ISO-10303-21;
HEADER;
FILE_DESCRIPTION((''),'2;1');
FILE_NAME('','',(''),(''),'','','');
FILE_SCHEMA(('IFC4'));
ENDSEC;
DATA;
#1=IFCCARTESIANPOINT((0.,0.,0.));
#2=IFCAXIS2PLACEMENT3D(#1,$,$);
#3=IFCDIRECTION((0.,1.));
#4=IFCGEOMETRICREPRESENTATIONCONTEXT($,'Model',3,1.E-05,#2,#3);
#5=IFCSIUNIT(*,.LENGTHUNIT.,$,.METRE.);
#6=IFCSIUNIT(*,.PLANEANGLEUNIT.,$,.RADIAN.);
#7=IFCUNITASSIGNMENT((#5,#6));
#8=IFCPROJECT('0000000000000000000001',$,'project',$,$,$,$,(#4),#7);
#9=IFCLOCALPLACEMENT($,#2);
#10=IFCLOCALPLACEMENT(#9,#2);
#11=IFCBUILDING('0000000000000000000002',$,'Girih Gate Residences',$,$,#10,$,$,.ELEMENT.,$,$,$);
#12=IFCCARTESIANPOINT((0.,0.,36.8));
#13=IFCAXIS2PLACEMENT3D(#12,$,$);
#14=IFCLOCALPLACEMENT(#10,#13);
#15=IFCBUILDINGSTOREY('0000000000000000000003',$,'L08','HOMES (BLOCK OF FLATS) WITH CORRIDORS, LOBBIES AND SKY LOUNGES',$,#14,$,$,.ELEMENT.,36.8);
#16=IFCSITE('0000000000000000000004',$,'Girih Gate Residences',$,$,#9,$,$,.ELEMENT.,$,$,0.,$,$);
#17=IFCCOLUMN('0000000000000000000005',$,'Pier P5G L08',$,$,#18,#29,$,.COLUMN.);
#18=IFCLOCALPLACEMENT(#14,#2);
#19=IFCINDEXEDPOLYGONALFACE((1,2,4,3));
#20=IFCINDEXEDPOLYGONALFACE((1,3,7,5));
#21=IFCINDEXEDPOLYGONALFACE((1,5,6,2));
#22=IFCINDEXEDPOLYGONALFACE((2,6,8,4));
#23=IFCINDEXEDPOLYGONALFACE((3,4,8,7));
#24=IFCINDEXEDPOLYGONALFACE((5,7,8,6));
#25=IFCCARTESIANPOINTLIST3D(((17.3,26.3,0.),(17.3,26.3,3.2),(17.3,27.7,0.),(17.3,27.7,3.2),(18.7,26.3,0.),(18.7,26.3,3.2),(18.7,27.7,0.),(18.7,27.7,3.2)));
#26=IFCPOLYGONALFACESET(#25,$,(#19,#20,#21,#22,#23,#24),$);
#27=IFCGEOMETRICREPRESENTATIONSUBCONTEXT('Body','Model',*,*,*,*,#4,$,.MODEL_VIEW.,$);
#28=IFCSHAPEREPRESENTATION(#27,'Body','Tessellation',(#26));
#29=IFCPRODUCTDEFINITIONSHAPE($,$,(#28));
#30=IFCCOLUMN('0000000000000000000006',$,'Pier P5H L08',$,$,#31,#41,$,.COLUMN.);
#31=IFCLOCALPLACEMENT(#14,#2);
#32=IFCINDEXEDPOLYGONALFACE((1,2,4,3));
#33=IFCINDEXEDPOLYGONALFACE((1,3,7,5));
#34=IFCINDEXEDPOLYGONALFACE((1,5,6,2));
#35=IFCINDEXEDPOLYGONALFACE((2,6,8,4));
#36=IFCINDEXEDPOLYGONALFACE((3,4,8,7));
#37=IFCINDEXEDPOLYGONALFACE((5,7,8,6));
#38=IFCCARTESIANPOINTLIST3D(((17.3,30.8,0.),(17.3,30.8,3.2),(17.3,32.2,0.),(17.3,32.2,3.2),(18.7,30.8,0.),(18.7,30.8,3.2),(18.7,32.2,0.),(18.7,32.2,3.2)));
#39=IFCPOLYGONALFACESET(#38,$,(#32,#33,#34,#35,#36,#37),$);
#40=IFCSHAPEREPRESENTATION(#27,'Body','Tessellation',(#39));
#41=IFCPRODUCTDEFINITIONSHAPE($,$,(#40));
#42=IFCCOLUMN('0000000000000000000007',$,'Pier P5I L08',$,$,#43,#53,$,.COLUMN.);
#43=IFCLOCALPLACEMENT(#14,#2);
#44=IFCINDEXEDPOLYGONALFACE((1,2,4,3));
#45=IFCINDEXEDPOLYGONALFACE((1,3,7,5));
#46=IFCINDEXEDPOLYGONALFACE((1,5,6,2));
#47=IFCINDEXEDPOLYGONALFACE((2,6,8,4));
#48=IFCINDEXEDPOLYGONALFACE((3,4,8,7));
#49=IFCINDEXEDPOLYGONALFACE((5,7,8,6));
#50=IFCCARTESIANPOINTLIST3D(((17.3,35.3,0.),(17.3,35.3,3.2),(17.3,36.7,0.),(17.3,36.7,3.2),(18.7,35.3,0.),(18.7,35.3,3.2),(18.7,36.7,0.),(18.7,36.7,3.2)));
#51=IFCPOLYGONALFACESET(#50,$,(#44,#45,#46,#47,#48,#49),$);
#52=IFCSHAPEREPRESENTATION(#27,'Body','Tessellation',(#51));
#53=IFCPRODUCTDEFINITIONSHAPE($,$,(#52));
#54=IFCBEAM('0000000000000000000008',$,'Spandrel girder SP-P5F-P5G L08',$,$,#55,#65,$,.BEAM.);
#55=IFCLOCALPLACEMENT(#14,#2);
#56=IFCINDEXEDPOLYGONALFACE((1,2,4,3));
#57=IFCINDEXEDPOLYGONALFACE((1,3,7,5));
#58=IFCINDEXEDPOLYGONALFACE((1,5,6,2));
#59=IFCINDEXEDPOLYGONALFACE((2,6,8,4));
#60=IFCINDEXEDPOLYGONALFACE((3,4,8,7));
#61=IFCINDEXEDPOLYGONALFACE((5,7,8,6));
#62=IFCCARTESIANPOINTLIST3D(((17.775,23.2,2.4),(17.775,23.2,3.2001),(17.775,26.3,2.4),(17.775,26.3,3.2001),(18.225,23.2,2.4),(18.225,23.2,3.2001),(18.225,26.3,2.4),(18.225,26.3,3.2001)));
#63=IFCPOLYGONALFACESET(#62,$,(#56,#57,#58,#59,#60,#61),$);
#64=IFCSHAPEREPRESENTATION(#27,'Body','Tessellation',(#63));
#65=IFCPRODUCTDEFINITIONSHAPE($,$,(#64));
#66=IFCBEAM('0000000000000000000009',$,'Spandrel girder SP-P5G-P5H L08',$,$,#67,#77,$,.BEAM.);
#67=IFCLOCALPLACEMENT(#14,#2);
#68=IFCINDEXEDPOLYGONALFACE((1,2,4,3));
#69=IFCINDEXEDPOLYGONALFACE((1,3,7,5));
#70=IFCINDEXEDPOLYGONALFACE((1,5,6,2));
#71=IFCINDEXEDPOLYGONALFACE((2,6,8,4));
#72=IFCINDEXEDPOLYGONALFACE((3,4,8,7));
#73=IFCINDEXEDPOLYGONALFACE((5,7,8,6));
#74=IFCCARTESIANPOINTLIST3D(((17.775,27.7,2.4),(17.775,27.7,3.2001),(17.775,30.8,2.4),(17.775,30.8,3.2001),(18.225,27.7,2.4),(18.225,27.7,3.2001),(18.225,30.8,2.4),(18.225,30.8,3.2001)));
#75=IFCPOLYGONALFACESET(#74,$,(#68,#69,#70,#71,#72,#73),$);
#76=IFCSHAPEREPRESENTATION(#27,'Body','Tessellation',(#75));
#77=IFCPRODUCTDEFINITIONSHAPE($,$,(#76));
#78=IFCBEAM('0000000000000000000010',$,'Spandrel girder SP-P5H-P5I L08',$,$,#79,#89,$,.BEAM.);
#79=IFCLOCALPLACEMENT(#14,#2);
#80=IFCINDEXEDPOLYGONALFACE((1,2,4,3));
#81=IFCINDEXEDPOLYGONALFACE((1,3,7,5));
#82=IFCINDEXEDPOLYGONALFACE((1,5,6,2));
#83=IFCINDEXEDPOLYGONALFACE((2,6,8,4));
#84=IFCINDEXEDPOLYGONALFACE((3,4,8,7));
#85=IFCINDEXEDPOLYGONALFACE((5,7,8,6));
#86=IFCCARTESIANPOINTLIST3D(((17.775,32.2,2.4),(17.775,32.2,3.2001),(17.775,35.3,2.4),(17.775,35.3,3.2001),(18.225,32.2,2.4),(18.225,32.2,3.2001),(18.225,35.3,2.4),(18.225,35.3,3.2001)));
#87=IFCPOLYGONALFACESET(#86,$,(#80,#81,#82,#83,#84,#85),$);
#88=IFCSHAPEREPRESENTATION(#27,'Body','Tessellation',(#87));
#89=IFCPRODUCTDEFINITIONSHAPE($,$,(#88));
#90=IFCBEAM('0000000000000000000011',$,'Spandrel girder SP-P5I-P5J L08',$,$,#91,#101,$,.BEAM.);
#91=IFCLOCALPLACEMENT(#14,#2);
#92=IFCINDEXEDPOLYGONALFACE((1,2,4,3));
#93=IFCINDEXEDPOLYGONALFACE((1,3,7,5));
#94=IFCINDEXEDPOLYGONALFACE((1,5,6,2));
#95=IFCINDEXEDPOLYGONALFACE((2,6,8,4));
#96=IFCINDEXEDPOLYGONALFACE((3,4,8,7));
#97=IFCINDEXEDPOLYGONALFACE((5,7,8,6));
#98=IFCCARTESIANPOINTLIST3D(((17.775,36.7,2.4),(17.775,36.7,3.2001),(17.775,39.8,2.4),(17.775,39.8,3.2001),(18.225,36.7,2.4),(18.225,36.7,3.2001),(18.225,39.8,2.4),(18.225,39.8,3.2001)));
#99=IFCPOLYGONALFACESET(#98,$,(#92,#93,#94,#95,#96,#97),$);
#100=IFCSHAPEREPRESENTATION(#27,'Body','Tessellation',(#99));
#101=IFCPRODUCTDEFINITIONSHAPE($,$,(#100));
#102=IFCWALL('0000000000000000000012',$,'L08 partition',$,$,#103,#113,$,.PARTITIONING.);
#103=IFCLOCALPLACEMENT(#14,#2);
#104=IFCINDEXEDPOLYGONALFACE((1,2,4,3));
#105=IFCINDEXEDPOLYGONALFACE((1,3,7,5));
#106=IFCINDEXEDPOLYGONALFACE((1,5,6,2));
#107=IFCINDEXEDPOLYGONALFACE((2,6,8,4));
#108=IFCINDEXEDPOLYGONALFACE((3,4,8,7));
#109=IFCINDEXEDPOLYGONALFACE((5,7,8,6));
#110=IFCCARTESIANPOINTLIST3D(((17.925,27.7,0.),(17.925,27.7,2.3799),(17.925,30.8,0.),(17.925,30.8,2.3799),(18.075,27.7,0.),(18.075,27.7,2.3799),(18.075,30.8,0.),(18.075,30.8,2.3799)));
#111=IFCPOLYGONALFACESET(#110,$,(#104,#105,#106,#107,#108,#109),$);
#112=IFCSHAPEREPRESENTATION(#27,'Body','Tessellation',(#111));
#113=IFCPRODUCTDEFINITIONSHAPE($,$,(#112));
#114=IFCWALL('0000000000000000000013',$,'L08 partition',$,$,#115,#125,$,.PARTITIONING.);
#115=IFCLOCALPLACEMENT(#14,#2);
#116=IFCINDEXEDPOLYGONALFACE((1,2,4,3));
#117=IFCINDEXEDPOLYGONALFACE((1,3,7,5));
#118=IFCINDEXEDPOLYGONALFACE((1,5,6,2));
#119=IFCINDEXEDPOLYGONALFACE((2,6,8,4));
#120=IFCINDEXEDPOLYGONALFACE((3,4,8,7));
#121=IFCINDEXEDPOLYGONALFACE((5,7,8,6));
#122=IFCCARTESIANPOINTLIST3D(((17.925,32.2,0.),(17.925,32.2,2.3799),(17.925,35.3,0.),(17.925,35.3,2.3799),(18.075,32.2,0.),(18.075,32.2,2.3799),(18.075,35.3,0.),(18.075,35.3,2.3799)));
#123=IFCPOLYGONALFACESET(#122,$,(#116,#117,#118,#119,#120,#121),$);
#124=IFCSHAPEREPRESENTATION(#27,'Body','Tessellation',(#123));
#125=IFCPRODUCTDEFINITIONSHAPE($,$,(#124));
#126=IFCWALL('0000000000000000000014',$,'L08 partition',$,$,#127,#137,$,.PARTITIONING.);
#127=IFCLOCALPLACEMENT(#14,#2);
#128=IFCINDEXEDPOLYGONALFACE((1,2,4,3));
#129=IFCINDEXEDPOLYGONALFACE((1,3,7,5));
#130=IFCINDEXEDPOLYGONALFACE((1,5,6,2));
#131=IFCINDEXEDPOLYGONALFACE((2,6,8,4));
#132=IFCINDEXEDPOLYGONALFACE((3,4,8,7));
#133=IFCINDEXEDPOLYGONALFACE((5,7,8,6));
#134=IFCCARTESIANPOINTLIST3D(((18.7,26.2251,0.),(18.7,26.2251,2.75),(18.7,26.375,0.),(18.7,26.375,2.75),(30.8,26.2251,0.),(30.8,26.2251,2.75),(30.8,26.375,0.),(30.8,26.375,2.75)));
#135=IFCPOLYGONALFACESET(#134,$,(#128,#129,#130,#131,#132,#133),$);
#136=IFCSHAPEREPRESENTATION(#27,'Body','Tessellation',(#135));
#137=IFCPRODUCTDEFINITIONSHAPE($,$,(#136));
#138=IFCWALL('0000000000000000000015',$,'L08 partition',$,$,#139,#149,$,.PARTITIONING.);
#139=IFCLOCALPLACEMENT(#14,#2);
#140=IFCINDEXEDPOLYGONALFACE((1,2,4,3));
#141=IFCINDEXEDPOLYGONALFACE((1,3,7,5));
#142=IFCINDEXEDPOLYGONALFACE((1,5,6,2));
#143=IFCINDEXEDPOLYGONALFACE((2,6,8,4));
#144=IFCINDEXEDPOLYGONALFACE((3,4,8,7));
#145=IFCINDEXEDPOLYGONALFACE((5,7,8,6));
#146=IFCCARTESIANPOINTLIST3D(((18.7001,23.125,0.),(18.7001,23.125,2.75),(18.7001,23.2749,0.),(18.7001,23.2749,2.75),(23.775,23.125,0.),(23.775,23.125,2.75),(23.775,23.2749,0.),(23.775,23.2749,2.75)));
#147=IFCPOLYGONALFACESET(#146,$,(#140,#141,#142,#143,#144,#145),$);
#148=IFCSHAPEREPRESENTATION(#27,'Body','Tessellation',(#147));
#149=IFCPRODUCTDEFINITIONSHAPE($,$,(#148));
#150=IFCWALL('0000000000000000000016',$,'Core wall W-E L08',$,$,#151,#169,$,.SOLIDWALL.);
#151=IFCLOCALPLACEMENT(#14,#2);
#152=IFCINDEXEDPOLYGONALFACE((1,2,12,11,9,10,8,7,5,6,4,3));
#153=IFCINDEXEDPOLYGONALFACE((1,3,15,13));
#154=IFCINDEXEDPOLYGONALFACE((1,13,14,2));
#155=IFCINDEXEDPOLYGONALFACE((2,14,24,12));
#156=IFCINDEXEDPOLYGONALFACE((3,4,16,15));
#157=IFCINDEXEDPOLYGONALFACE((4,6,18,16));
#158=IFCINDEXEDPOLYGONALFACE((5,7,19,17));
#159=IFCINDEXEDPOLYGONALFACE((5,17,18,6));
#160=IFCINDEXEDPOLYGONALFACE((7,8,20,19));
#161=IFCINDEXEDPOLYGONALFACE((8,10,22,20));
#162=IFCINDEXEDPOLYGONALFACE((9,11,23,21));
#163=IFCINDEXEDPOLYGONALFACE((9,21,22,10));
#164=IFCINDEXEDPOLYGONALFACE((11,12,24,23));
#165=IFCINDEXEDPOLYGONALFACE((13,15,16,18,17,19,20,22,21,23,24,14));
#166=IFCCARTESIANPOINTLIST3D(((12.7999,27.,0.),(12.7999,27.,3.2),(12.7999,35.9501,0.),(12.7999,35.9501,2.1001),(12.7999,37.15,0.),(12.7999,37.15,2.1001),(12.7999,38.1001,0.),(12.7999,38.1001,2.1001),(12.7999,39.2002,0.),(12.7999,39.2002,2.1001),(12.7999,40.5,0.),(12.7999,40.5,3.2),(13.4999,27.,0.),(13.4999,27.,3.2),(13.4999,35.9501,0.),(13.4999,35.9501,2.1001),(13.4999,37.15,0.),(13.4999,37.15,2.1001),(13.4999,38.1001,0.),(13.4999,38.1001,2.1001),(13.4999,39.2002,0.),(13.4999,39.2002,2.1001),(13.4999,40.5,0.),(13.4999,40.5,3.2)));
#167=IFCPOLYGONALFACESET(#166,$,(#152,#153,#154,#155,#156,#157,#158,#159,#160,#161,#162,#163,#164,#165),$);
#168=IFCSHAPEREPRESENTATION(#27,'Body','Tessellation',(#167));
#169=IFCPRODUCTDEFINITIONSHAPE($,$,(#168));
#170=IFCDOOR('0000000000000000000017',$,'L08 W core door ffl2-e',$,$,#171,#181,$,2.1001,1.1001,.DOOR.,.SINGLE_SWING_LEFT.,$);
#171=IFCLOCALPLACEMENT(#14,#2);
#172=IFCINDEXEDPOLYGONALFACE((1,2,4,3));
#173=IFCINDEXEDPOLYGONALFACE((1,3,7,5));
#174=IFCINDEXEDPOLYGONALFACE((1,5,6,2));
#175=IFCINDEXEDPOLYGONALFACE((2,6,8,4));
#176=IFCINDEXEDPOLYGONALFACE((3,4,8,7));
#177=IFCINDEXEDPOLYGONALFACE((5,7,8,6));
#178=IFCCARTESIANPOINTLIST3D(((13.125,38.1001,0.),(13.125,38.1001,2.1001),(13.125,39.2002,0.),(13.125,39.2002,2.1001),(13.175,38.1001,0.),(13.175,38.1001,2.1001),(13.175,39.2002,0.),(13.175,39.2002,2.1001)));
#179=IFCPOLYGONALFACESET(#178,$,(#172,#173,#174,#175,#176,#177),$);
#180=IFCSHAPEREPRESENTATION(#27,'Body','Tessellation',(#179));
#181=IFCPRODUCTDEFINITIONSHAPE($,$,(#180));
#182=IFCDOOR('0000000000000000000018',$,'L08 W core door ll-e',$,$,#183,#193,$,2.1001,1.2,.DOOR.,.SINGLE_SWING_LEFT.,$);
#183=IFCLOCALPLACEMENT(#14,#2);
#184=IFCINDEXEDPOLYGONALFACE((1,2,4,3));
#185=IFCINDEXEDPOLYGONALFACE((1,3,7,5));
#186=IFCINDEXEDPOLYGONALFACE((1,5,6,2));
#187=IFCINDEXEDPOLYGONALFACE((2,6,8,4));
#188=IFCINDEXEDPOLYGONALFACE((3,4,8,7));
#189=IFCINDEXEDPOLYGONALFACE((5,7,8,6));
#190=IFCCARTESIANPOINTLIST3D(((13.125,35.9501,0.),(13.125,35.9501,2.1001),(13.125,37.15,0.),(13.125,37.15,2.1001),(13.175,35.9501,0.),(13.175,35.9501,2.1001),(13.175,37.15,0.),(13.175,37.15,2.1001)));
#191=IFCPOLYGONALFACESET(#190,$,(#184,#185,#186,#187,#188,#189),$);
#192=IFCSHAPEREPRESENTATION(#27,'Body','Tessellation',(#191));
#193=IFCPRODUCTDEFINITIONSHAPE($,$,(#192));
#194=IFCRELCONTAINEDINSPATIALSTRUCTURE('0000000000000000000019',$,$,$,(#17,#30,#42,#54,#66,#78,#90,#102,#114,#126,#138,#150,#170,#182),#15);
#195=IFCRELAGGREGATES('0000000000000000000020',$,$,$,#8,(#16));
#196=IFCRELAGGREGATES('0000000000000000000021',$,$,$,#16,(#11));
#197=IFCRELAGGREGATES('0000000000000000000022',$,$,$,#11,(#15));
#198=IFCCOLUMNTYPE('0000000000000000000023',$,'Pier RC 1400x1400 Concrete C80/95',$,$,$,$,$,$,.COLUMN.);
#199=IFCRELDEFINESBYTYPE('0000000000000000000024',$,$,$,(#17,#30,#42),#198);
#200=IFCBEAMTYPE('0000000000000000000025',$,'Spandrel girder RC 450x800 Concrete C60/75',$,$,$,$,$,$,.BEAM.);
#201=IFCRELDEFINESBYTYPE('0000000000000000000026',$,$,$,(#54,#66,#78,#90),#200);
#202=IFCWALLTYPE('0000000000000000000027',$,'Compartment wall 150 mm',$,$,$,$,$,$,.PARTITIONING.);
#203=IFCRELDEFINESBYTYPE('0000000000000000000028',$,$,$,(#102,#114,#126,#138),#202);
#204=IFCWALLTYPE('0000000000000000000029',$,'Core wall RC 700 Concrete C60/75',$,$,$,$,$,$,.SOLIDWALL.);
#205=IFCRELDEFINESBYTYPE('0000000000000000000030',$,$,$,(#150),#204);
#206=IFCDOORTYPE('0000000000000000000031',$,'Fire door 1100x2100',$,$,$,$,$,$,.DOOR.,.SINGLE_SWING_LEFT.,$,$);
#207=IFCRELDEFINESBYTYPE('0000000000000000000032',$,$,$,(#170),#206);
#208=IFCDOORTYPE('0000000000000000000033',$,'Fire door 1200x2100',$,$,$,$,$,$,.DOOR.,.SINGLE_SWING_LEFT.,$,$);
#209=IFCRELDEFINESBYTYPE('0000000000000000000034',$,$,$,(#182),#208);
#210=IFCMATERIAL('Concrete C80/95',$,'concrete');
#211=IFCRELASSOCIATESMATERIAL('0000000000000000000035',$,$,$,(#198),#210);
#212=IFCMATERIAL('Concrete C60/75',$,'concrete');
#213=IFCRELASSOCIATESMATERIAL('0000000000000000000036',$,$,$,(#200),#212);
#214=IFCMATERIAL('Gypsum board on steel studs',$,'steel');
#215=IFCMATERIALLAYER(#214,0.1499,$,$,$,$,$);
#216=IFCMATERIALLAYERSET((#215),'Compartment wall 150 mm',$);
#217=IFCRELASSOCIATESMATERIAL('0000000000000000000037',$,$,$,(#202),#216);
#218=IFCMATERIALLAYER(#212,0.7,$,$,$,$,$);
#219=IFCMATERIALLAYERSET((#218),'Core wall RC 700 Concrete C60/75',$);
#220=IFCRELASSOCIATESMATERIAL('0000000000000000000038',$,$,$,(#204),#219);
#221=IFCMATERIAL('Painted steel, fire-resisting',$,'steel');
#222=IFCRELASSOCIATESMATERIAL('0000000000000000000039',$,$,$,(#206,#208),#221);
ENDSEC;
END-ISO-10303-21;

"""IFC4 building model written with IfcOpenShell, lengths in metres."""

from ifc_helpers import new_model, si_unit, direction, frame, frame_2d, origin, origin_2d, place, context, subcontext, project, spatial, rectangle, extrude, material, layer, layer_set, material_profile, profile_set, type_object, element, fill, save


model = new_model("IFC4")

# Units and contexts
model_context = context("Model", 3, precision=1e-05, world=origin(), true_north=direction((0.0, 1.0)))
body_context = subcontext(model_context, "Body", "Model", "MODEL_VIEW")
ifc_project = project(units=[si_unit("LENGTHUNIT", "METRE"), si_unit("PLANEANGLEUNIT", "RADIAN")], contexts=[model_context])

# Site, building, storey
site_placement = place(None, origin())
site = spatial("IfcSite", under=ifc_project, at=site_placement, Name="Girih Gate Residences", CompositionType="ELEMENT", RefElevation=0.0)
building_placement = place(site_placement, origin())
building = spatial("IfcBuilding", under=site, at=building_placement, Name="Girih Gate Residences", CompositionType="ELEMENT")
storey_placement = place(building_placement, frame((0.0, 0.0, 36.8)))
storey = spatial("IfcBuildingStorey", under=building, at=storey_placement, Name="L08", Description="HOMES (BLOCK OF FLATS) WITH CORRIDORS, LOBBIES AND SKY LOUNGES", CompositionType="ELEMENT", Elevation=36.8)

# Columns
ifc_material_1 = material(Name="Concrete C80/95", Category="concrete")
ifc_material_profile_1 = material_profile(ifc_material_1, rectangle(XDim=1.3999, YDim=1.3999, at=origin_2d()))
ifc_profile_set_1 = profile_set([ifc_material_profile_1], Name="Concrete C80/95")
column_type = type_object("IfcColumnType", Name="Pier RC 1400x1400 Concrete C80/95", PredefinedType="COLUMN", material=ifc_profile_set_1)
for number, where, z_axis, x_axis, name in (
    (1, (18.0, 27.0, 0.0), (0.0, 0.0, 1.0), (1.0, 0.0, 0.0), "Pier P5G L08"),
    (2, (18.0, 31.5, 0.0), (0.0, 0.0, 1.0), (1.0, 0.0, 0.0), "Pier P5H L08"),
    (3, (18.0, 36.0, 0.0), (0.0, 0.0, 1.0), (1.0, 0.0, 0.0), "Pier P5I L08"),
):
    element("IfcColumn", number, at=place(storey_placement, frame(where, z_axis=z_axis, x_axis=x_axis)), inside=storey, type_object=column_type, Name=name, PredefinedType="COLUMN", context=body_context, shape_type="SweptSolid", body=[
        extrude(rectangle(XDim=1.3999, YDim=1.3999, at=origin_2d()), origin(), (0.0, 0.0, 1.0), 3.2),
    ])

# Beams
ifc_material_2 = material(Name="Concrete C60/75", Category="concrete")
ifc_material_profile_2 = material_profile(ifc_material_2, rectangle(XDim=0.45, YDim=0.8, at=origin_2d()))
ifc_profile_set_2 = profile_set([ifc_material_profile_2], Name="Concrete C60/75")
beam_type = type_object("IfcBeamType", Name="Spandrel girder RC 450x800 Concrete C60/75", PredefinedType="BEAM", material=ifc_profile_set_2)
for number, where, z_axis, x_axis, name in (
    (4, (18.0, 23.2, 2.8), (0.0, 1.0, 0.0), (-1.0, 0.0, 0.0), "Spandrel girder SP-P5F-P5G L08"),
    (5, (18.0, 27.7, 2.8), (0.0, 1.0, 0.0), (-1.0, 0.0, 0.0), "Spandrel girder SP-P5G-P5H L08"),
    (6, (18.0, 32.2, 2.8), (0.0, 1.0, 0.0), (-1.0, 0.0, 0.0), "Spandrel girder SP-P5H-P5I L08"),
    (7, (18.0, 36.7, 2.8), (0.0, 1.0, 0.0), (-1.0, 0.0, 0.0), "Spandrel girder SP-P5I-P5J L08"),
):
    element("IfcBeam", number, at=place(storey_placement, frame(where, z_axis=z_axis, x_axis=x_axis)), inside=storey, type_object=beam_type, Name=name, PredefinedType="BEAM", context=body_context, shape_type="SweptSolid", body=[
        extrude(rectangle(XDim=0.45, YDim=0.8, at=origin_2d()), origin(), (0.0, 0.0, 1.0), 3.1001),
    ])

# Walls
ifc_material_3 = material(Name="Gypsum board on steel studs", Category="steel")
ifc_layer_1 = layer(ifc_material_3, 0.1499)
ifc_layer_set_1 = layer_set([ifc_layer_1], Name="Compartment wall 150 mm")
wall_type_1 = type_object("IfcWallType", Name="Compartment wall 150 mm", PredefinedType="PARTITIONING", material=ifc_layer_set_1)
for number, where, z_axis, x_axis, name in (
    (8, (18.0, 27.7, 0.0), (0.0, 0.0, 1.0), (0.0, 1.0, 0.0), "L08 partition"),
    (9, (18.0, 32.2, 0.0), (0.0, 0.0, 1.0), (0.0, 1.0, 0.0), "L08 partition"),
):
    element("IfcWall", number, at=place(storey_placement, frame(where, z_axis=z_axis, x_axis=x_axis)), inside=storey, type_object=wall_type_1, Name=name, PredefinedType="PARTITIONING", context=body_context, shape_type="SweptSolid", body=[
        extrude(rectangle(XDim=3.1001, YDim=0.1499, at=frame_2d((1.55, 0.0))), origin(), (0.0, 0.0, 1.0), 2.3799),
    ])
wall_1_placement = place(storey_placement, frame((18.7, 26.3, 0.0), z_axis=(0.0, 0.0, 1.0), x_axis=(1.0, 0.0, 0.0)))
element("IfcWall", 10, at=wall_1_placement, inside=storey, type_object=wall_type_1, Name="L08 partition", PredefinedType="PARTITIONING", context=body_context, shape_type="SweptSolid", body=[
    extrude(rectangle(XDim=12.1001, YDim=0.1499, at=frame_2d((6.05, 0.0))), origin(), (0.0, 0.0, 1.0), 2.75),
])
wall_2_placement = place(storey_placement, frame((18.7, 23.2, 0.0), z_axis=(0.0, 0.0, 1.0), x_axis=(1.0, 0.0, 0.0)))
element("IfcWall", 11, at=wall_2_placement, inside=storey, type_object=wall_type_1, Name="L08 partition", PredefinedType="PARTITIONING", context=body_context, shape_type="SweptSolid", body=[
    extrude(rectangle(XDim=5.075, YDim=0.1499, at=frame_2d((2.5376, 0.0))), origin(), (0.0, 0.0, 1.0), 2.75),
])

# Wall, openings, doors
ifc_layer_2 = layer(ifc_material_2, 0.7)
ifc_layer_set_2 = layer_set([ifc_layer_2], Name="Core wall RC 700 Concrete C60/75")
wall_type_2 = type_object("IfcWallType", Name="Core wall RC 700 Concrete C60/75", PredefinedType="SOLIDWALL", material=ifc_layer_set_2)
wall_3_placement = place(storey_placement, frame((13.1499, 27.0, 0.0), z_axis=(0.0, 0.0, 1.0), x_axis=(0.0, 1.0, 0.0)))
wall_3 = element("IfcWall", 12, at=wall_3_placement, inside=storey, type_object=wall_type_2, Name="Core wall W-E L08", PredefinedType="SOLIDWALL", context=body_context, shape_type="SweptSolid", body=[
    extrude(rectangle(XDim=13.5, YDim=0.7, at=frame_2d((6.75, 0.0))), origin(), (0.0, 0.0, 1.0), 3.2),
])
opening_1_placement = place(wall_3_placement, frame((11.1001, 0.0, 0.0)))
opening_1 = element("IfcOpeningElement", 13, at=opening_1_placement, cuts=wall_3, PredefinedType="OPENING", context=body_context, shape_type="SweptSolid", body=[
    extrude(rectangle(XDim=1.1001, YDim=2.1001, at=frame_2d((0.55, 1.05))), frame((0.0, 0.3599, 0.0), z_axis=(0.0, -1.0, 0.0), x_axis=(1.0, 0.0, 0.0)), (0.0, 0.0, 1.0), 0.72),
])
opening_2_placement = place(wall_3_placement, frame((8.95, 0.0, 0.0)))
opening_2 = element("IfcOpeningElement", 14, at=opening_2_placement, cuts=wall_3, PredefinedType="OPENING", context=body_context, shape_type="SweptSolid", body=[
    extrude(rectangle(XDim=1.2, YDim=2.1001, at=frame_2d((0.6001, 1.05))), frame((0.0, 0.3599, 0.0), z_axis=(0.0, -1.0, 0.0), x_axis=(1.0, 0.0, 0.0)), (0.0, 0.0, 1.0), 0.72),
])
ifc_material_4 = material(Name="Painted steel, fire-resisting", Category="steel")
door_type_1 = type_object("IfcDoorType", Name="Fire door 1100x2100", OperationType="SINGLE_SWING_LEFT", PredefinedType="DOOR", material=ifc_material_4)
door_1_placement = place(opening_1_placement, origin())
door_1 = element("IfcDoor", 15, at=door_1_placement, inside=storey, type_object=door_type_1, Name="L08 W core door ffl2-e", OperationType="SINGLE_SWING_LEFT", OverallHeight=2.1001, OverallWidth=1.1001, PredefinedType="DOOR", context=body_context, shape_type="SweptSolid", body=[
    extrude(rectangle(XDim=1.1001, YDim=2.1001, at=frame_2d((0.55, 1.05))), frame((0.0, 0.0249, 0.0), z_axis=(0.0, -1.0, 0.0), x_axis=(1.0, 0.0, 0.0)), (0.0, 0.0, 1.0), 0.05),
])
fill(opening_1, door_1)
door_type_2 = type_object("IfcDoorType", Name="Fire door 1200x2100", OperationType="SINGLE_SWING_LEFT", PredefinedType="DOOR", material=ifc_material_4)
door_2_placement = place(opening_2_placement, origin())
door_2 = element("IfcDoor", 16, at=door_2_placement, inside=storey, type_object=door_type_2, Name="L08 W core door ll-e", OperationType="SINGLE_SWING_LEFT", OverallHeight=2.1001, OverallWidth=1.2, PredefinedType="DOOR", context=body_context, shape_type="SweptSolid", body=[
    extrude(rectangle(XDim=1.2, YDim=2.1001, at=frame_2d((0.6001, 1.05))), frame((0.0, 0.0249, 0.0), z_axis=(0.0, -1.0, 0.0), x_axis=(1.0, 0.0, 0.0)), (0.0, 0.0, 1.0), 0.05),
])
fill(opening_2, door_2)

save(model, "model.ifc")
